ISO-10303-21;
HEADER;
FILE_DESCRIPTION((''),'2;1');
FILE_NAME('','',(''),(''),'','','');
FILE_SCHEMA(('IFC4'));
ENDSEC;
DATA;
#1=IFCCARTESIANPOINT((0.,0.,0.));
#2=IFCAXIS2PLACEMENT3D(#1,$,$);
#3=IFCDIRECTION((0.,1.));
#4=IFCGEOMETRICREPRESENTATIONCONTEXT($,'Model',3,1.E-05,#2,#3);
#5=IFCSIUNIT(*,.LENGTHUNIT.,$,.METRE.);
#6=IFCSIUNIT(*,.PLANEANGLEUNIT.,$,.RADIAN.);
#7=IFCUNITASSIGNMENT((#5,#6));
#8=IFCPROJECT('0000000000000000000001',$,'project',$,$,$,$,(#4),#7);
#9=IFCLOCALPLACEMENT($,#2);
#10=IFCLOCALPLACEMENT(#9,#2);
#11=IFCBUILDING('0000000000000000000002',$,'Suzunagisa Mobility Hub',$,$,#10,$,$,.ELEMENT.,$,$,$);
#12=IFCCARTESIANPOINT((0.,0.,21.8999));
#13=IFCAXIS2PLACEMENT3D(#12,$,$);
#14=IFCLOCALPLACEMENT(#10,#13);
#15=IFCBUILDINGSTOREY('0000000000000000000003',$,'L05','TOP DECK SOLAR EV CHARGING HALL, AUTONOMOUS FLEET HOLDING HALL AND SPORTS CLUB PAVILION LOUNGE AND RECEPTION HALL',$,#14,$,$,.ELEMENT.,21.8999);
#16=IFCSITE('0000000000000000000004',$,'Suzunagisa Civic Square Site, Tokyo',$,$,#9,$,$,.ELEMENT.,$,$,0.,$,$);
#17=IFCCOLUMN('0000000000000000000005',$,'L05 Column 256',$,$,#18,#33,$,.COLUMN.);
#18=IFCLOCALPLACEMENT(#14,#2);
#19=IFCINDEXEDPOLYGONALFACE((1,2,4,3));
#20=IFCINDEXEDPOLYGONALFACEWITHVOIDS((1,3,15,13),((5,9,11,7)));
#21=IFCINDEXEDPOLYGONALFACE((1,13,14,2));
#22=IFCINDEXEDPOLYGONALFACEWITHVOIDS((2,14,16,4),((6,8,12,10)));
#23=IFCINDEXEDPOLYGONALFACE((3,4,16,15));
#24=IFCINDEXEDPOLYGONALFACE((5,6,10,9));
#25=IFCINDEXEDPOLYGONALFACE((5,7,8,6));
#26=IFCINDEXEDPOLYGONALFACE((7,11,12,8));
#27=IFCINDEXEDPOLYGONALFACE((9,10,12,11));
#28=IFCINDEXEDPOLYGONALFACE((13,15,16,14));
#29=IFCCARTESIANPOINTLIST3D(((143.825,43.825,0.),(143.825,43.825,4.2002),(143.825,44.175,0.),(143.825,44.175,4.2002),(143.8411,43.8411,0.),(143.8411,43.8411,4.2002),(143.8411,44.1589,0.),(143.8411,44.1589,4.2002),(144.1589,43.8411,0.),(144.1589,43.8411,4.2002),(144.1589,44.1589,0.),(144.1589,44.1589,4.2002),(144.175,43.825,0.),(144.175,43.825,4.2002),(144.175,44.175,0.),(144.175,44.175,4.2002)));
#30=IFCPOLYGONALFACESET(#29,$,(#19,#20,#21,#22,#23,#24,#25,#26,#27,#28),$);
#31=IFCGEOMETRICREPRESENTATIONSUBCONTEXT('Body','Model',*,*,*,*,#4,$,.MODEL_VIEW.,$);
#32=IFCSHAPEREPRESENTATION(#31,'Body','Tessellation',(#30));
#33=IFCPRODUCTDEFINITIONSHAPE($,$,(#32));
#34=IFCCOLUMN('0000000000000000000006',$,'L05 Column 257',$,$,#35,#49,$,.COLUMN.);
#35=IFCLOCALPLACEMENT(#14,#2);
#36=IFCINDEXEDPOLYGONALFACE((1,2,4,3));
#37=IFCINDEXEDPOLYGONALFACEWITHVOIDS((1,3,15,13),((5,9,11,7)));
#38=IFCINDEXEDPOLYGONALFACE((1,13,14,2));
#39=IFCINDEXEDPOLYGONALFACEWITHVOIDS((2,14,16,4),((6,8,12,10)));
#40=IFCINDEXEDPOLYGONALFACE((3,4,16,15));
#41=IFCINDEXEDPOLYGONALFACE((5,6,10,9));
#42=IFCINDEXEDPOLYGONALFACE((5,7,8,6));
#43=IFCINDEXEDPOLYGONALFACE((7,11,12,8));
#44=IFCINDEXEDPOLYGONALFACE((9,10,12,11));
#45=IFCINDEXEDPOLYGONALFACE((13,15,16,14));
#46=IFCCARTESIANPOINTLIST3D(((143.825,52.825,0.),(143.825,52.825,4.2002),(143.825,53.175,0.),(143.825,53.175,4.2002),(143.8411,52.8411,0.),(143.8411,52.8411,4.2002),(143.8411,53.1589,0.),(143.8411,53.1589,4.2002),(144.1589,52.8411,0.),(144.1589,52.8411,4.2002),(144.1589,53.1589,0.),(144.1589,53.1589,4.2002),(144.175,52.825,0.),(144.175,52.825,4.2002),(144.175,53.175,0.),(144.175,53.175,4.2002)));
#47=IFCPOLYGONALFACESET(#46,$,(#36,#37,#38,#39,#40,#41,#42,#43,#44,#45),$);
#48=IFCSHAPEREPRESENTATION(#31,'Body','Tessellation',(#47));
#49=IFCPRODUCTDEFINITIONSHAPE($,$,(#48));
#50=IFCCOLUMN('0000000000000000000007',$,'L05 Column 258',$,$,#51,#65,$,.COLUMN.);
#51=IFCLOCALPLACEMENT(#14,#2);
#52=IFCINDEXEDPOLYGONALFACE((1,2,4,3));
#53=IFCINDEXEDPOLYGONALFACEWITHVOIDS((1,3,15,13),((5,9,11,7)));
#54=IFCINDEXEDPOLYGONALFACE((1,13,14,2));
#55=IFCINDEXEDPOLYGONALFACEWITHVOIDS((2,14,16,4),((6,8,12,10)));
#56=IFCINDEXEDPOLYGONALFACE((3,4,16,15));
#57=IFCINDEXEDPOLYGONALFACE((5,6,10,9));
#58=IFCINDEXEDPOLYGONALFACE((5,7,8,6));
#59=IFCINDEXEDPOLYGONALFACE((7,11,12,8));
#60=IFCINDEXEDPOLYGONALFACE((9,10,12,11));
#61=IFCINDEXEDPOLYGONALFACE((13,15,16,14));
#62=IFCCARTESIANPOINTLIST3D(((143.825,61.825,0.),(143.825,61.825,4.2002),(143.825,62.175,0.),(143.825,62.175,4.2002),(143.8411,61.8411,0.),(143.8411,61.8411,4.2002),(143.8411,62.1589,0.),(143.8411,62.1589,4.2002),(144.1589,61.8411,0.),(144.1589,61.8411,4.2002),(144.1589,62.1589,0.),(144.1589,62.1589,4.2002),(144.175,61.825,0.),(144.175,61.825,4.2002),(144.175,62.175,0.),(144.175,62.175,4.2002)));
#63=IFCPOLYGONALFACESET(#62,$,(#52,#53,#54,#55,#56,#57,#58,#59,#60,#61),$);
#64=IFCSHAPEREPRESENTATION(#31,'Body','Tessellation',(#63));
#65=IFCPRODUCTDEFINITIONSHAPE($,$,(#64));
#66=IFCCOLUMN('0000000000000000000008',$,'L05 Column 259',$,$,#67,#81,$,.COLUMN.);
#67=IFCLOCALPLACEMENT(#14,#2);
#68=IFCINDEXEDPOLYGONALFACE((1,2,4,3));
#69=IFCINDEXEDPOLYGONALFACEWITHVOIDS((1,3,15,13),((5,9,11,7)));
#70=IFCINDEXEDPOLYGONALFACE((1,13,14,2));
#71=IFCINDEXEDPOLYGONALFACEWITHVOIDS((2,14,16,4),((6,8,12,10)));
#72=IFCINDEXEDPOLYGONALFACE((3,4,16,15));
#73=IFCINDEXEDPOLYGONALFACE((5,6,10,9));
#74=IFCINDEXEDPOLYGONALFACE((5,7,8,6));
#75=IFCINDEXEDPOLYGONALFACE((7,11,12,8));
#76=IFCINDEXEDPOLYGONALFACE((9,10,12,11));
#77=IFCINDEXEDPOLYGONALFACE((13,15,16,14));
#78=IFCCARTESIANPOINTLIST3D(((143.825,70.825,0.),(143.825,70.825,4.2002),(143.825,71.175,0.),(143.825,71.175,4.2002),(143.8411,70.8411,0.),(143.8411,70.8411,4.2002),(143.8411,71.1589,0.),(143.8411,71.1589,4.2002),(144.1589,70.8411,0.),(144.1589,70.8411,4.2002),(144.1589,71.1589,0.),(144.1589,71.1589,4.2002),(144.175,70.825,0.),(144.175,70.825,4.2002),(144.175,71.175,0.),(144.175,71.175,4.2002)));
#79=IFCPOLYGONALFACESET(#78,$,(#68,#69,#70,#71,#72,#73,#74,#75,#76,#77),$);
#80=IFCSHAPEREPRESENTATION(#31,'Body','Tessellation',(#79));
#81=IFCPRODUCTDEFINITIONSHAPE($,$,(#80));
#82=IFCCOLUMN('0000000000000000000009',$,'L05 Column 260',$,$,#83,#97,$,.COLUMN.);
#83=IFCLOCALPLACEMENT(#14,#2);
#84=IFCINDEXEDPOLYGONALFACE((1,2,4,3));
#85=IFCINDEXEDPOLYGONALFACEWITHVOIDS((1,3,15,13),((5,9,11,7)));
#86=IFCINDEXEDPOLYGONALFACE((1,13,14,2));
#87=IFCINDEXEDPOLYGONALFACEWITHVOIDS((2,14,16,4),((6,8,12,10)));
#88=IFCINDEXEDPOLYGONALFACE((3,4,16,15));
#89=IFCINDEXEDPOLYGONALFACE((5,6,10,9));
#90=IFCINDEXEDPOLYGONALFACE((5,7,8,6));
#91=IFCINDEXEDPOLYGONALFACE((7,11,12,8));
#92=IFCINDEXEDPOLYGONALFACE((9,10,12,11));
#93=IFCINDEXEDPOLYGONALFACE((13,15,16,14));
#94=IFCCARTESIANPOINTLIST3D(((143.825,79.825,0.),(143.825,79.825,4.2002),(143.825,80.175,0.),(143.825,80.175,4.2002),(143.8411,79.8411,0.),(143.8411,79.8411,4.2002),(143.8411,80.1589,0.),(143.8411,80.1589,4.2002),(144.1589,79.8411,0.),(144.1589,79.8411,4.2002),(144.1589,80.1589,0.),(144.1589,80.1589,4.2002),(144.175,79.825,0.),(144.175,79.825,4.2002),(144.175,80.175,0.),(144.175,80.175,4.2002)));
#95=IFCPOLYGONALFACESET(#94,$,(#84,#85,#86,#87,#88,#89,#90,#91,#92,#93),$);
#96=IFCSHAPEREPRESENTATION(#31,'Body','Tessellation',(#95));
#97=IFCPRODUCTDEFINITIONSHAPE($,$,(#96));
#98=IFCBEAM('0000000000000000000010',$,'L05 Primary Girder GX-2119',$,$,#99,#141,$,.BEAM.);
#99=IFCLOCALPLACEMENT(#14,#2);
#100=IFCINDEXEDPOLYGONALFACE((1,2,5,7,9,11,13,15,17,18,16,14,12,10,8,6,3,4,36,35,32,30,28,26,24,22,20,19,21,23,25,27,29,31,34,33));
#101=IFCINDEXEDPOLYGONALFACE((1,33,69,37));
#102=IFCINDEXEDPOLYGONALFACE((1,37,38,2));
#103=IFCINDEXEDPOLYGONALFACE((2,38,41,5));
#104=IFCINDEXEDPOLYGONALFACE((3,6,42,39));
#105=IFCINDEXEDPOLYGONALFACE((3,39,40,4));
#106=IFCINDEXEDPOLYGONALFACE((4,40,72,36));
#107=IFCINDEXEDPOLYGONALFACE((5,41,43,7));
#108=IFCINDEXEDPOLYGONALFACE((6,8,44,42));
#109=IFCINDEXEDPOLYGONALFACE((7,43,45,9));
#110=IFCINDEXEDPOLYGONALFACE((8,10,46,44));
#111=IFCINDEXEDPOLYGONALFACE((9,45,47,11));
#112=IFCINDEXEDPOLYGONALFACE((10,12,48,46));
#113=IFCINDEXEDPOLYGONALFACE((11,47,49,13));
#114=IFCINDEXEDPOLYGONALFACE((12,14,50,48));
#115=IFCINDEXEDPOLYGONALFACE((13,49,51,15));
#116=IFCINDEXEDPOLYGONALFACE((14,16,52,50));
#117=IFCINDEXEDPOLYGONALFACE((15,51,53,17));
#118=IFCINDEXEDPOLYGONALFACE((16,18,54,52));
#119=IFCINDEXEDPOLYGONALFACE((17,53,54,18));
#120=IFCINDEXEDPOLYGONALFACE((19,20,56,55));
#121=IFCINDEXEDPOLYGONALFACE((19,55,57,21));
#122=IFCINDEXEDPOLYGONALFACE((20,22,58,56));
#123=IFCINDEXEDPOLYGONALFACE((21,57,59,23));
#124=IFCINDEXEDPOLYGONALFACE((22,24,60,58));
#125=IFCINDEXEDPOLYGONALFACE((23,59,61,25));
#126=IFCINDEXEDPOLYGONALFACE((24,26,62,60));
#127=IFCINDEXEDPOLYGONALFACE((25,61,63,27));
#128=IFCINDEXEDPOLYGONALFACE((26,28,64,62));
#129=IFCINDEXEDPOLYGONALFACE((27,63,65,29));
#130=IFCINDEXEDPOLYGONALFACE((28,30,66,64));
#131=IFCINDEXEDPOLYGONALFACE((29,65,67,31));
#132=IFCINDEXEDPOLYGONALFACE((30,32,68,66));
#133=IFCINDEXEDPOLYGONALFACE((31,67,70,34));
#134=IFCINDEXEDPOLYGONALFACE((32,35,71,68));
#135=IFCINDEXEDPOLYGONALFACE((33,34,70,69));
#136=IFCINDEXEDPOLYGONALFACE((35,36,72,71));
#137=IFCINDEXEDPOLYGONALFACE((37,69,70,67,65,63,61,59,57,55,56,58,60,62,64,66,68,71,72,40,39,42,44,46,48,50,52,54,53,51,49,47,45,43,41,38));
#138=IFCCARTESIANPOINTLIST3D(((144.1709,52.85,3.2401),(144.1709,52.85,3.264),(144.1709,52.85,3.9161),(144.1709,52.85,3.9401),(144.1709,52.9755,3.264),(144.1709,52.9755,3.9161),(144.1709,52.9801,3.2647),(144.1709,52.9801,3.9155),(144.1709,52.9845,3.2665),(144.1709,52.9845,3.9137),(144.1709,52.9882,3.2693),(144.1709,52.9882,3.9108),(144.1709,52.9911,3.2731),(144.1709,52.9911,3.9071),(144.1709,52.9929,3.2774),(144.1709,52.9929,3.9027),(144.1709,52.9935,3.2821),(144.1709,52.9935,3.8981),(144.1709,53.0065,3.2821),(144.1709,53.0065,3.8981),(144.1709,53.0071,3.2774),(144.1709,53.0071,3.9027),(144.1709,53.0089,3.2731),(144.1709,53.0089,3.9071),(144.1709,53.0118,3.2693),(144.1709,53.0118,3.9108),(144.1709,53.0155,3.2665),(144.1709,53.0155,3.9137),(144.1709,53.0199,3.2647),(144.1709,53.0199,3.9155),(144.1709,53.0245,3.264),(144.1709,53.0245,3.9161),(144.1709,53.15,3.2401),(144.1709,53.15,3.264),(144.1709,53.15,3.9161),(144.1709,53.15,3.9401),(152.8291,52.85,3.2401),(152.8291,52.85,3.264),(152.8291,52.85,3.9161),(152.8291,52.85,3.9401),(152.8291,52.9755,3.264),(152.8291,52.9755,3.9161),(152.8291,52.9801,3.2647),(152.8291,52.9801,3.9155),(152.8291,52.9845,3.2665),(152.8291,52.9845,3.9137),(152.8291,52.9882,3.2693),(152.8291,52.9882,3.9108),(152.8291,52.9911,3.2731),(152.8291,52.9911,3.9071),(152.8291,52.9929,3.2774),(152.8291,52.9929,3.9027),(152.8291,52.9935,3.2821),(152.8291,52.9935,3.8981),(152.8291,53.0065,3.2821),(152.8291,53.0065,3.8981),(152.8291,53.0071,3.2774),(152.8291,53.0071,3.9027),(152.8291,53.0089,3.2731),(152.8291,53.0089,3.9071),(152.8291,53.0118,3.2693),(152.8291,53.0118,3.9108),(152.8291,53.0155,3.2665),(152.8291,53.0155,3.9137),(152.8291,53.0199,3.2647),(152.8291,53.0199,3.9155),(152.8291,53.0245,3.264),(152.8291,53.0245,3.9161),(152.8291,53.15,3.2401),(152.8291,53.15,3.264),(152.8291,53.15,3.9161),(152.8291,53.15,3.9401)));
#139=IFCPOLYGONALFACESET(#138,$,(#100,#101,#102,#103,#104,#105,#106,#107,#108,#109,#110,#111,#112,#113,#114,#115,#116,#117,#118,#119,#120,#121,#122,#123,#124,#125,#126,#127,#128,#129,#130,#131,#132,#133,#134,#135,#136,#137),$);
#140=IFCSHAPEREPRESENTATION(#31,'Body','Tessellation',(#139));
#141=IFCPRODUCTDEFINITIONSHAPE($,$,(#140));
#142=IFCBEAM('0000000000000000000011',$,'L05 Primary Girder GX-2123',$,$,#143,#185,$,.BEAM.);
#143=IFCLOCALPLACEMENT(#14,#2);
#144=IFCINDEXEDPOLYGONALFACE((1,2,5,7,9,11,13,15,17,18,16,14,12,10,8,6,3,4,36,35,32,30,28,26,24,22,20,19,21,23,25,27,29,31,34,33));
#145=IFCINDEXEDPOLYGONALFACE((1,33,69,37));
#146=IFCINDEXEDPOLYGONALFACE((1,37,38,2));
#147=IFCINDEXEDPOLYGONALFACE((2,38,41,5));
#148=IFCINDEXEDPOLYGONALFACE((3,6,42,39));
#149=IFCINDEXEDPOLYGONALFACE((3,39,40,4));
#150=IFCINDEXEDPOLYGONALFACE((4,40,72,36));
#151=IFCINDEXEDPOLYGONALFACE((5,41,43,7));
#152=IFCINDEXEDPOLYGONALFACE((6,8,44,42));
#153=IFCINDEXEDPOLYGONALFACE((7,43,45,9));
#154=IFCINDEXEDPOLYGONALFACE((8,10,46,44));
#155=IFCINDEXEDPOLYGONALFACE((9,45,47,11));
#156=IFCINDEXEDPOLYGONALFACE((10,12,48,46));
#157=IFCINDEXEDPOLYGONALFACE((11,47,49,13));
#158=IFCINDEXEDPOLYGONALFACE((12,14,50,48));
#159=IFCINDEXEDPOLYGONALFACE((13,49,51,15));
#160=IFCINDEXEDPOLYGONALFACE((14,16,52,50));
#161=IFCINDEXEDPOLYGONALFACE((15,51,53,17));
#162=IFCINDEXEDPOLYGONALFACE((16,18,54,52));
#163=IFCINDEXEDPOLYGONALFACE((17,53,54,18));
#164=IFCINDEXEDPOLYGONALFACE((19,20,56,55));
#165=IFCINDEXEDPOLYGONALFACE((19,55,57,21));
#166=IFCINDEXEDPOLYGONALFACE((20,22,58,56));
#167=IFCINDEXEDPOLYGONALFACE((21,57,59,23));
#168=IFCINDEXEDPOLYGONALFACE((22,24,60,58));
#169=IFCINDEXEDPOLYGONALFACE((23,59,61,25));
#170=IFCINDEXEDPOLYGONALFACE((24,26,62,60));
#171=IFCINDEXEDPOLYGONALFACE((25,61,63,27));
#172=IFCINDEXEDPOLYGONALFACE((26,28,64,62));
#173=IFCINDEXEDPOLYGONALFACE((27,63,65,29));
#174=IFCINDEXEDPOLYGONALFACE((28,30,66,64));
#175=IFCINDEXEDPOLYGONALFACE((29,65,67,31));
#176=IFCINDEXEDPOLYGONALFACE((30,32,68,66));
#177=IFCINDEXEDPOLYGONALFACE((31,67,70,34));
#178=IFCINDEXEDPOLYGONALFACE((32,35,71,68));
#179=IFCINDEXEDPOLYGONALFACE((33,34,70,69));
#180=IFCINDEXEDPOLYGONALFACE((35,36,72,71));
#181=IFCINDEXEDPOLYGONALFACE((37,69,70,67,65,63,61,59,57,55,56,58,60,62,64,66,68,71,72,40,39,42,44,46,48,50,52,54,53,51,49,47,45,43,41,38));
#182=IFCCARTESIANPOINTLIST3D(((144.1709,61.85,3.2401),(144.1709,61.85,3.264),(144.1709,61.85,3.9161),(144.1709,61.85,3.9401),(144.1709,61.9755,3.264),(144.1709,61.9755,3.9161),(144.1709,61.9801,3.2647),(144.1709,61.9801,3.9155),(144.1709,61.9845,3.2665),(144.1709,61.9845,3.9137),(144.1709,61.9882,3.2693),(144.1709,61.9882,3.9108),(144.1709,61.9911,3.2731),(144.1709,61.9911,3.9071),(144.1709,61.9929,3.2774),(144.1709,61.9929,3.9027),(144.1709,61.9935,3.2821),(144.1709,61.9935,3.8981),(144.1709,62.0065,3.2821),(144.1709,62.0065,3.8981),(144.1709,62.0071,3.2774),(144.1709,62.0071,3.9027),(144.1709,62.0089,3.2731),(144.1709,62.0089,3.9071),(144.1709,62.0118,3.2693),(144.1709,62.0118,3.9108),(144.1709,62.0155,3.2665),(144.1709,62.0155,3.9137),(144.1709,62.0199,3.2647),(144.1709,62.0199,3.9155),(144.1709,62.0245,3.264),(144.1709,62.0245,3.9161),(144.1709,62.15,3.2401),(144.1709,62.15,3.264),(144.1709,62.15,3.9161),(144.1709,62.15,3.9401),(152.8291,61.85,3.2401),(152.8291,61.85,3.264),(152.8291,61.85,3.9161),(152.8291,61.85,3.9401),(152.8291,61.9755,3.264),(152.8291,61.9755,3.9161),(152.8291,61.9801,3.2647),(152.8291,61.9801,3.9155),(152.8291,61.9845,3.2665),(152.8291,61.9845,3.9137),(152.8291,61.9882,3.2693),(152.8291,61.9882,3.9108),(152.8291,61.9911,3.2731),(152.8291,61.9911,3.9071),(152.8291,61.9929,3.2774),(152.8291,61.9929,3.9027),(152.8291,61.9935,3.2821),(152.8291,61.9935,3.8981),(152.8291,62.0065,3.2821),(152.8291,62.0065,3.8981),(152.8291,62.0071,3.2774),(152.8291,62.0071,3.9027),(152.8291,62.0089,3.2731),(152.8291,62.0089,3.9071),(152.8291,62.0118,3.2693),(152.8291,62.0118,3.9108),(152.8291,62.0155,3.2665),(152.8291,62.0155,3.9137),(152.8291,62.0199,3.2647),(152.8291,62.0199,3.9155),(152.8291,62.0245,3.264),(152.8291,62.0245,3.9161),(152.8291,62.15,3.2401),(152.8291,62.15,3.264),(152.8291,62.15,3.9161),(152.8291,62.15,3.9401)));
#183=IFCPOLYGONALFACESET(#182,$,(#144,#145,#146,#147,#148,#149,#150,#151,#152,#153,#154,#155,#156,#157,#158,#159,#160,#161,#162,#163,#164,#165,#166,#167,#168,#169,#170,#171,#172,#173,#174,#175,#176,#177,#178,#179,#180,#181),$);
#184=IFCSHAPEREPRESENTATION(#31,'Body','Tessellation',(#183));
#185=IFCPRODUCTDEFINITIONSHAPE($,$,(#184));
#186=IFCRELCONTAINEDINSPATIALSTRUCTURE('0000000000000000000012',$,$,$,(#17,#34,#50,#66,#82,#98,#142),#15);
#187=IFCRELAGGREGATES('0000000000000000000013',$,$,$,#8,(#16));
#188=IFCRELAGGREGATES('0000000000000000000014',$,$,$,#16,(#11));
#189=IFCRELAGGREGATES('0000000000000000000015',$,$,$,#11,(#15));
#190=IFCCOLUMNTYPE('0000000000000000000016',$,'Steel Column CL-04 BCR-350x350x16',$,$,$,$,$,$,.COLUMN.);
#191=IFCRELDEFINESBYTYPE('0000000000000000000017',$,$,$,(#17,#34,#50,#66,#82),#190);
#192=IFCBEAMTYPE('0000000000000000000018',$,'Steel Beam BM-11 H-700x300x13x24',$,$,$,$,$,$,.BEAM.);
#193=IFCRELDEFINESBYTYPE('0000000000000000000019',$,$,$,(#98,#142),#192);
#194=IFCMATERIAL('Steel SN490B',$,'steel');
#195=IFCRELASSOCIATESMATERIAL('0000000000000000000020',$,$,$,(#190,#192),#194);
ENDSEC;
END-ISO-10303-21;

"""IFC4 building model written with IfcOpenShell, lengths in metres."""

from ifc_helpers import new_model, si_unit, direction, frame, origin, origin_2d, place, context, subcontext, project, spatial, hollow_rectangle, i_section, extrude, material, material_profile, profile_set, type_object, element, save


model = new_model("IFC4")

# Units and contexts
model_context = context("Model", 3, precision=1e-05, world=origin(), true_north=direction((0.0, 1.0)))
body_context = subcontext(model_context, "Body", "Model", "MODEL_VIEW")
ifc_project = project(units=[si_unit("LENGTHUNIT", "METRE"), si_unit("PLANEANGLEUNIT", "RADIAN")], contexts=[model_context])

# Site, building, storey
site_placement = place(None, origin())
site = spatial("IfcSite", under=ifc_project, at=site_placement, Name="Suzunagisa Civic Square Site, Tokyo", CompositionType="ELEMENT", RefElevation=0.0)
building_placement = place(site_placement, origin())
building = spatial("IfcBuilding", under=site, at=building_placement, Name="Suzunagisa Mobility Hub", CompositionType="ELEMENT")
storey_placement = place(building_placement, frame((0.0, 0.0, 21.8999)))
storey = spatial("IfcBuildingStorey", under=building, at=storey_placement, Name="L05", Description="TOP DECK SOLAR EV CHARGING HALL, AUTONOMOUS FLEET HOLDING HALL AND SPORTS CLUB PAVILION LOUNGE AND RECEPTION HALL", CompositionType="ELEMENT", Elevation=21.8999)

# Columns
ifc_material_1 = material(Name="Steel SN490B", Category="steel")
ifc_material_profile_1 = material_profile(ifc_material_1, hollow_rectangle(XDim=0.3501, YDim=0.3501, WallThickness=0.0161, at=origin_2d()), Name="BCR-350x350x16")
ifc_profile_set_1 = profile_set([ifc_material_profile_1], Name="Steel SN490B")
column_type = type_object("IfcColumnType", Name="Steel Column CL-04 BCR-350x350x16", PredefinedType="COLUMN", material=ifc_profile_set_1)
for number, where, z_axis, x_axis, name in (
    (1, (144.0, 44.0, 0.0), (0.0, 0.0, 1.0), (1.0, 0.0, 0.0), "L05 Column 256"),
    (2, (144.0, 53.0, 0.0), (0.0, 0.0, 1.0), (1.0, 0.0, 0.0), "L05 Column 257"),
    (3, (144.0, 62.0, 0.0), (0.0, 0.0, 1.0), (1.0, 0.0, 0.0), "L05 Column 258"),
    (4, (144.0, 71.0, 0.0), (0.0, 0.0, 1.0), (1.0, 0.0, 0.0), "L05 Column 259"),
    (5, (144.0, 80.0, 0.0), (0.0, 0.0, 1.0), (1.0, 0.0, 0.0), "L05 Column 260"),
):
    element("IfcColumn", number, at=place(storey_placement, frame(where, z_axis=z_axis, x_axis=x_axis)), inside=storey, type_object=column_type, Name=name, PredefinedType="COLUMN", context=body_context, shape_type="SweptSolid", body=[
        extrude(hollow_rectangle(XDim=0.3501, YDim=0.3501, WallThickness=0.0161, at=origin_2d()), origin(), (0.0, 0.0, 1.0), 4.2002),
    ])

# Beams
ifc_material_profile_2 = material_profile(ifc_material_1, i_section(OverallWidth=0.3, OverallDepth=0.7, WebThickness=0.0129, FlangeThickness=0.0239, FilletRadius=0.0181, at=origin_2d()), Name="H-700x300x13x24")
ifc_profile_set_2 = profile_set([ifc_material_profile_2], Name="Steel SN490B")
beam_type_1 = type_object("IfcBeamType", Name="Steel Beam BM-11 H-700x300x13x24", PredefinedType="BEAM", material=ifc_profile_set_2)
for number, where, z_axis, x_axis, name in (
    (6, (144.1709, 53.0, 3.5901), (1.0, 0.0, 0.0), (0.0, 1.0, 0.0), "L05 Primary Girder GX-2119"),
    (7, (144.1709, 62.0, 3.5901), (1.0, 0.0, 0.0), (0.0, 1.0, 0.0), "L05 Primary Girder GX-2123"),
):
    element("IfcBeam", number, at=place(storey_placement, frame(where, z_axis=z_axis, x_axis=x_axis)), inside=storey, type_object=beam_type_1, Name=name, PredefinedType="BEAM", context=body_context, shape_type="SweptSolid", body=[
        extrude(i_section(OverallWidth=0.3, OverallDepth=0.7, WebThickness=0.0129, FlangeThickness=0.0239, FilletRadius=0.0181, at=origin_2d()), origin(), (0.0, 0.0, 1.0), 8.6582),
    ])

save(model, "model.ifc")
